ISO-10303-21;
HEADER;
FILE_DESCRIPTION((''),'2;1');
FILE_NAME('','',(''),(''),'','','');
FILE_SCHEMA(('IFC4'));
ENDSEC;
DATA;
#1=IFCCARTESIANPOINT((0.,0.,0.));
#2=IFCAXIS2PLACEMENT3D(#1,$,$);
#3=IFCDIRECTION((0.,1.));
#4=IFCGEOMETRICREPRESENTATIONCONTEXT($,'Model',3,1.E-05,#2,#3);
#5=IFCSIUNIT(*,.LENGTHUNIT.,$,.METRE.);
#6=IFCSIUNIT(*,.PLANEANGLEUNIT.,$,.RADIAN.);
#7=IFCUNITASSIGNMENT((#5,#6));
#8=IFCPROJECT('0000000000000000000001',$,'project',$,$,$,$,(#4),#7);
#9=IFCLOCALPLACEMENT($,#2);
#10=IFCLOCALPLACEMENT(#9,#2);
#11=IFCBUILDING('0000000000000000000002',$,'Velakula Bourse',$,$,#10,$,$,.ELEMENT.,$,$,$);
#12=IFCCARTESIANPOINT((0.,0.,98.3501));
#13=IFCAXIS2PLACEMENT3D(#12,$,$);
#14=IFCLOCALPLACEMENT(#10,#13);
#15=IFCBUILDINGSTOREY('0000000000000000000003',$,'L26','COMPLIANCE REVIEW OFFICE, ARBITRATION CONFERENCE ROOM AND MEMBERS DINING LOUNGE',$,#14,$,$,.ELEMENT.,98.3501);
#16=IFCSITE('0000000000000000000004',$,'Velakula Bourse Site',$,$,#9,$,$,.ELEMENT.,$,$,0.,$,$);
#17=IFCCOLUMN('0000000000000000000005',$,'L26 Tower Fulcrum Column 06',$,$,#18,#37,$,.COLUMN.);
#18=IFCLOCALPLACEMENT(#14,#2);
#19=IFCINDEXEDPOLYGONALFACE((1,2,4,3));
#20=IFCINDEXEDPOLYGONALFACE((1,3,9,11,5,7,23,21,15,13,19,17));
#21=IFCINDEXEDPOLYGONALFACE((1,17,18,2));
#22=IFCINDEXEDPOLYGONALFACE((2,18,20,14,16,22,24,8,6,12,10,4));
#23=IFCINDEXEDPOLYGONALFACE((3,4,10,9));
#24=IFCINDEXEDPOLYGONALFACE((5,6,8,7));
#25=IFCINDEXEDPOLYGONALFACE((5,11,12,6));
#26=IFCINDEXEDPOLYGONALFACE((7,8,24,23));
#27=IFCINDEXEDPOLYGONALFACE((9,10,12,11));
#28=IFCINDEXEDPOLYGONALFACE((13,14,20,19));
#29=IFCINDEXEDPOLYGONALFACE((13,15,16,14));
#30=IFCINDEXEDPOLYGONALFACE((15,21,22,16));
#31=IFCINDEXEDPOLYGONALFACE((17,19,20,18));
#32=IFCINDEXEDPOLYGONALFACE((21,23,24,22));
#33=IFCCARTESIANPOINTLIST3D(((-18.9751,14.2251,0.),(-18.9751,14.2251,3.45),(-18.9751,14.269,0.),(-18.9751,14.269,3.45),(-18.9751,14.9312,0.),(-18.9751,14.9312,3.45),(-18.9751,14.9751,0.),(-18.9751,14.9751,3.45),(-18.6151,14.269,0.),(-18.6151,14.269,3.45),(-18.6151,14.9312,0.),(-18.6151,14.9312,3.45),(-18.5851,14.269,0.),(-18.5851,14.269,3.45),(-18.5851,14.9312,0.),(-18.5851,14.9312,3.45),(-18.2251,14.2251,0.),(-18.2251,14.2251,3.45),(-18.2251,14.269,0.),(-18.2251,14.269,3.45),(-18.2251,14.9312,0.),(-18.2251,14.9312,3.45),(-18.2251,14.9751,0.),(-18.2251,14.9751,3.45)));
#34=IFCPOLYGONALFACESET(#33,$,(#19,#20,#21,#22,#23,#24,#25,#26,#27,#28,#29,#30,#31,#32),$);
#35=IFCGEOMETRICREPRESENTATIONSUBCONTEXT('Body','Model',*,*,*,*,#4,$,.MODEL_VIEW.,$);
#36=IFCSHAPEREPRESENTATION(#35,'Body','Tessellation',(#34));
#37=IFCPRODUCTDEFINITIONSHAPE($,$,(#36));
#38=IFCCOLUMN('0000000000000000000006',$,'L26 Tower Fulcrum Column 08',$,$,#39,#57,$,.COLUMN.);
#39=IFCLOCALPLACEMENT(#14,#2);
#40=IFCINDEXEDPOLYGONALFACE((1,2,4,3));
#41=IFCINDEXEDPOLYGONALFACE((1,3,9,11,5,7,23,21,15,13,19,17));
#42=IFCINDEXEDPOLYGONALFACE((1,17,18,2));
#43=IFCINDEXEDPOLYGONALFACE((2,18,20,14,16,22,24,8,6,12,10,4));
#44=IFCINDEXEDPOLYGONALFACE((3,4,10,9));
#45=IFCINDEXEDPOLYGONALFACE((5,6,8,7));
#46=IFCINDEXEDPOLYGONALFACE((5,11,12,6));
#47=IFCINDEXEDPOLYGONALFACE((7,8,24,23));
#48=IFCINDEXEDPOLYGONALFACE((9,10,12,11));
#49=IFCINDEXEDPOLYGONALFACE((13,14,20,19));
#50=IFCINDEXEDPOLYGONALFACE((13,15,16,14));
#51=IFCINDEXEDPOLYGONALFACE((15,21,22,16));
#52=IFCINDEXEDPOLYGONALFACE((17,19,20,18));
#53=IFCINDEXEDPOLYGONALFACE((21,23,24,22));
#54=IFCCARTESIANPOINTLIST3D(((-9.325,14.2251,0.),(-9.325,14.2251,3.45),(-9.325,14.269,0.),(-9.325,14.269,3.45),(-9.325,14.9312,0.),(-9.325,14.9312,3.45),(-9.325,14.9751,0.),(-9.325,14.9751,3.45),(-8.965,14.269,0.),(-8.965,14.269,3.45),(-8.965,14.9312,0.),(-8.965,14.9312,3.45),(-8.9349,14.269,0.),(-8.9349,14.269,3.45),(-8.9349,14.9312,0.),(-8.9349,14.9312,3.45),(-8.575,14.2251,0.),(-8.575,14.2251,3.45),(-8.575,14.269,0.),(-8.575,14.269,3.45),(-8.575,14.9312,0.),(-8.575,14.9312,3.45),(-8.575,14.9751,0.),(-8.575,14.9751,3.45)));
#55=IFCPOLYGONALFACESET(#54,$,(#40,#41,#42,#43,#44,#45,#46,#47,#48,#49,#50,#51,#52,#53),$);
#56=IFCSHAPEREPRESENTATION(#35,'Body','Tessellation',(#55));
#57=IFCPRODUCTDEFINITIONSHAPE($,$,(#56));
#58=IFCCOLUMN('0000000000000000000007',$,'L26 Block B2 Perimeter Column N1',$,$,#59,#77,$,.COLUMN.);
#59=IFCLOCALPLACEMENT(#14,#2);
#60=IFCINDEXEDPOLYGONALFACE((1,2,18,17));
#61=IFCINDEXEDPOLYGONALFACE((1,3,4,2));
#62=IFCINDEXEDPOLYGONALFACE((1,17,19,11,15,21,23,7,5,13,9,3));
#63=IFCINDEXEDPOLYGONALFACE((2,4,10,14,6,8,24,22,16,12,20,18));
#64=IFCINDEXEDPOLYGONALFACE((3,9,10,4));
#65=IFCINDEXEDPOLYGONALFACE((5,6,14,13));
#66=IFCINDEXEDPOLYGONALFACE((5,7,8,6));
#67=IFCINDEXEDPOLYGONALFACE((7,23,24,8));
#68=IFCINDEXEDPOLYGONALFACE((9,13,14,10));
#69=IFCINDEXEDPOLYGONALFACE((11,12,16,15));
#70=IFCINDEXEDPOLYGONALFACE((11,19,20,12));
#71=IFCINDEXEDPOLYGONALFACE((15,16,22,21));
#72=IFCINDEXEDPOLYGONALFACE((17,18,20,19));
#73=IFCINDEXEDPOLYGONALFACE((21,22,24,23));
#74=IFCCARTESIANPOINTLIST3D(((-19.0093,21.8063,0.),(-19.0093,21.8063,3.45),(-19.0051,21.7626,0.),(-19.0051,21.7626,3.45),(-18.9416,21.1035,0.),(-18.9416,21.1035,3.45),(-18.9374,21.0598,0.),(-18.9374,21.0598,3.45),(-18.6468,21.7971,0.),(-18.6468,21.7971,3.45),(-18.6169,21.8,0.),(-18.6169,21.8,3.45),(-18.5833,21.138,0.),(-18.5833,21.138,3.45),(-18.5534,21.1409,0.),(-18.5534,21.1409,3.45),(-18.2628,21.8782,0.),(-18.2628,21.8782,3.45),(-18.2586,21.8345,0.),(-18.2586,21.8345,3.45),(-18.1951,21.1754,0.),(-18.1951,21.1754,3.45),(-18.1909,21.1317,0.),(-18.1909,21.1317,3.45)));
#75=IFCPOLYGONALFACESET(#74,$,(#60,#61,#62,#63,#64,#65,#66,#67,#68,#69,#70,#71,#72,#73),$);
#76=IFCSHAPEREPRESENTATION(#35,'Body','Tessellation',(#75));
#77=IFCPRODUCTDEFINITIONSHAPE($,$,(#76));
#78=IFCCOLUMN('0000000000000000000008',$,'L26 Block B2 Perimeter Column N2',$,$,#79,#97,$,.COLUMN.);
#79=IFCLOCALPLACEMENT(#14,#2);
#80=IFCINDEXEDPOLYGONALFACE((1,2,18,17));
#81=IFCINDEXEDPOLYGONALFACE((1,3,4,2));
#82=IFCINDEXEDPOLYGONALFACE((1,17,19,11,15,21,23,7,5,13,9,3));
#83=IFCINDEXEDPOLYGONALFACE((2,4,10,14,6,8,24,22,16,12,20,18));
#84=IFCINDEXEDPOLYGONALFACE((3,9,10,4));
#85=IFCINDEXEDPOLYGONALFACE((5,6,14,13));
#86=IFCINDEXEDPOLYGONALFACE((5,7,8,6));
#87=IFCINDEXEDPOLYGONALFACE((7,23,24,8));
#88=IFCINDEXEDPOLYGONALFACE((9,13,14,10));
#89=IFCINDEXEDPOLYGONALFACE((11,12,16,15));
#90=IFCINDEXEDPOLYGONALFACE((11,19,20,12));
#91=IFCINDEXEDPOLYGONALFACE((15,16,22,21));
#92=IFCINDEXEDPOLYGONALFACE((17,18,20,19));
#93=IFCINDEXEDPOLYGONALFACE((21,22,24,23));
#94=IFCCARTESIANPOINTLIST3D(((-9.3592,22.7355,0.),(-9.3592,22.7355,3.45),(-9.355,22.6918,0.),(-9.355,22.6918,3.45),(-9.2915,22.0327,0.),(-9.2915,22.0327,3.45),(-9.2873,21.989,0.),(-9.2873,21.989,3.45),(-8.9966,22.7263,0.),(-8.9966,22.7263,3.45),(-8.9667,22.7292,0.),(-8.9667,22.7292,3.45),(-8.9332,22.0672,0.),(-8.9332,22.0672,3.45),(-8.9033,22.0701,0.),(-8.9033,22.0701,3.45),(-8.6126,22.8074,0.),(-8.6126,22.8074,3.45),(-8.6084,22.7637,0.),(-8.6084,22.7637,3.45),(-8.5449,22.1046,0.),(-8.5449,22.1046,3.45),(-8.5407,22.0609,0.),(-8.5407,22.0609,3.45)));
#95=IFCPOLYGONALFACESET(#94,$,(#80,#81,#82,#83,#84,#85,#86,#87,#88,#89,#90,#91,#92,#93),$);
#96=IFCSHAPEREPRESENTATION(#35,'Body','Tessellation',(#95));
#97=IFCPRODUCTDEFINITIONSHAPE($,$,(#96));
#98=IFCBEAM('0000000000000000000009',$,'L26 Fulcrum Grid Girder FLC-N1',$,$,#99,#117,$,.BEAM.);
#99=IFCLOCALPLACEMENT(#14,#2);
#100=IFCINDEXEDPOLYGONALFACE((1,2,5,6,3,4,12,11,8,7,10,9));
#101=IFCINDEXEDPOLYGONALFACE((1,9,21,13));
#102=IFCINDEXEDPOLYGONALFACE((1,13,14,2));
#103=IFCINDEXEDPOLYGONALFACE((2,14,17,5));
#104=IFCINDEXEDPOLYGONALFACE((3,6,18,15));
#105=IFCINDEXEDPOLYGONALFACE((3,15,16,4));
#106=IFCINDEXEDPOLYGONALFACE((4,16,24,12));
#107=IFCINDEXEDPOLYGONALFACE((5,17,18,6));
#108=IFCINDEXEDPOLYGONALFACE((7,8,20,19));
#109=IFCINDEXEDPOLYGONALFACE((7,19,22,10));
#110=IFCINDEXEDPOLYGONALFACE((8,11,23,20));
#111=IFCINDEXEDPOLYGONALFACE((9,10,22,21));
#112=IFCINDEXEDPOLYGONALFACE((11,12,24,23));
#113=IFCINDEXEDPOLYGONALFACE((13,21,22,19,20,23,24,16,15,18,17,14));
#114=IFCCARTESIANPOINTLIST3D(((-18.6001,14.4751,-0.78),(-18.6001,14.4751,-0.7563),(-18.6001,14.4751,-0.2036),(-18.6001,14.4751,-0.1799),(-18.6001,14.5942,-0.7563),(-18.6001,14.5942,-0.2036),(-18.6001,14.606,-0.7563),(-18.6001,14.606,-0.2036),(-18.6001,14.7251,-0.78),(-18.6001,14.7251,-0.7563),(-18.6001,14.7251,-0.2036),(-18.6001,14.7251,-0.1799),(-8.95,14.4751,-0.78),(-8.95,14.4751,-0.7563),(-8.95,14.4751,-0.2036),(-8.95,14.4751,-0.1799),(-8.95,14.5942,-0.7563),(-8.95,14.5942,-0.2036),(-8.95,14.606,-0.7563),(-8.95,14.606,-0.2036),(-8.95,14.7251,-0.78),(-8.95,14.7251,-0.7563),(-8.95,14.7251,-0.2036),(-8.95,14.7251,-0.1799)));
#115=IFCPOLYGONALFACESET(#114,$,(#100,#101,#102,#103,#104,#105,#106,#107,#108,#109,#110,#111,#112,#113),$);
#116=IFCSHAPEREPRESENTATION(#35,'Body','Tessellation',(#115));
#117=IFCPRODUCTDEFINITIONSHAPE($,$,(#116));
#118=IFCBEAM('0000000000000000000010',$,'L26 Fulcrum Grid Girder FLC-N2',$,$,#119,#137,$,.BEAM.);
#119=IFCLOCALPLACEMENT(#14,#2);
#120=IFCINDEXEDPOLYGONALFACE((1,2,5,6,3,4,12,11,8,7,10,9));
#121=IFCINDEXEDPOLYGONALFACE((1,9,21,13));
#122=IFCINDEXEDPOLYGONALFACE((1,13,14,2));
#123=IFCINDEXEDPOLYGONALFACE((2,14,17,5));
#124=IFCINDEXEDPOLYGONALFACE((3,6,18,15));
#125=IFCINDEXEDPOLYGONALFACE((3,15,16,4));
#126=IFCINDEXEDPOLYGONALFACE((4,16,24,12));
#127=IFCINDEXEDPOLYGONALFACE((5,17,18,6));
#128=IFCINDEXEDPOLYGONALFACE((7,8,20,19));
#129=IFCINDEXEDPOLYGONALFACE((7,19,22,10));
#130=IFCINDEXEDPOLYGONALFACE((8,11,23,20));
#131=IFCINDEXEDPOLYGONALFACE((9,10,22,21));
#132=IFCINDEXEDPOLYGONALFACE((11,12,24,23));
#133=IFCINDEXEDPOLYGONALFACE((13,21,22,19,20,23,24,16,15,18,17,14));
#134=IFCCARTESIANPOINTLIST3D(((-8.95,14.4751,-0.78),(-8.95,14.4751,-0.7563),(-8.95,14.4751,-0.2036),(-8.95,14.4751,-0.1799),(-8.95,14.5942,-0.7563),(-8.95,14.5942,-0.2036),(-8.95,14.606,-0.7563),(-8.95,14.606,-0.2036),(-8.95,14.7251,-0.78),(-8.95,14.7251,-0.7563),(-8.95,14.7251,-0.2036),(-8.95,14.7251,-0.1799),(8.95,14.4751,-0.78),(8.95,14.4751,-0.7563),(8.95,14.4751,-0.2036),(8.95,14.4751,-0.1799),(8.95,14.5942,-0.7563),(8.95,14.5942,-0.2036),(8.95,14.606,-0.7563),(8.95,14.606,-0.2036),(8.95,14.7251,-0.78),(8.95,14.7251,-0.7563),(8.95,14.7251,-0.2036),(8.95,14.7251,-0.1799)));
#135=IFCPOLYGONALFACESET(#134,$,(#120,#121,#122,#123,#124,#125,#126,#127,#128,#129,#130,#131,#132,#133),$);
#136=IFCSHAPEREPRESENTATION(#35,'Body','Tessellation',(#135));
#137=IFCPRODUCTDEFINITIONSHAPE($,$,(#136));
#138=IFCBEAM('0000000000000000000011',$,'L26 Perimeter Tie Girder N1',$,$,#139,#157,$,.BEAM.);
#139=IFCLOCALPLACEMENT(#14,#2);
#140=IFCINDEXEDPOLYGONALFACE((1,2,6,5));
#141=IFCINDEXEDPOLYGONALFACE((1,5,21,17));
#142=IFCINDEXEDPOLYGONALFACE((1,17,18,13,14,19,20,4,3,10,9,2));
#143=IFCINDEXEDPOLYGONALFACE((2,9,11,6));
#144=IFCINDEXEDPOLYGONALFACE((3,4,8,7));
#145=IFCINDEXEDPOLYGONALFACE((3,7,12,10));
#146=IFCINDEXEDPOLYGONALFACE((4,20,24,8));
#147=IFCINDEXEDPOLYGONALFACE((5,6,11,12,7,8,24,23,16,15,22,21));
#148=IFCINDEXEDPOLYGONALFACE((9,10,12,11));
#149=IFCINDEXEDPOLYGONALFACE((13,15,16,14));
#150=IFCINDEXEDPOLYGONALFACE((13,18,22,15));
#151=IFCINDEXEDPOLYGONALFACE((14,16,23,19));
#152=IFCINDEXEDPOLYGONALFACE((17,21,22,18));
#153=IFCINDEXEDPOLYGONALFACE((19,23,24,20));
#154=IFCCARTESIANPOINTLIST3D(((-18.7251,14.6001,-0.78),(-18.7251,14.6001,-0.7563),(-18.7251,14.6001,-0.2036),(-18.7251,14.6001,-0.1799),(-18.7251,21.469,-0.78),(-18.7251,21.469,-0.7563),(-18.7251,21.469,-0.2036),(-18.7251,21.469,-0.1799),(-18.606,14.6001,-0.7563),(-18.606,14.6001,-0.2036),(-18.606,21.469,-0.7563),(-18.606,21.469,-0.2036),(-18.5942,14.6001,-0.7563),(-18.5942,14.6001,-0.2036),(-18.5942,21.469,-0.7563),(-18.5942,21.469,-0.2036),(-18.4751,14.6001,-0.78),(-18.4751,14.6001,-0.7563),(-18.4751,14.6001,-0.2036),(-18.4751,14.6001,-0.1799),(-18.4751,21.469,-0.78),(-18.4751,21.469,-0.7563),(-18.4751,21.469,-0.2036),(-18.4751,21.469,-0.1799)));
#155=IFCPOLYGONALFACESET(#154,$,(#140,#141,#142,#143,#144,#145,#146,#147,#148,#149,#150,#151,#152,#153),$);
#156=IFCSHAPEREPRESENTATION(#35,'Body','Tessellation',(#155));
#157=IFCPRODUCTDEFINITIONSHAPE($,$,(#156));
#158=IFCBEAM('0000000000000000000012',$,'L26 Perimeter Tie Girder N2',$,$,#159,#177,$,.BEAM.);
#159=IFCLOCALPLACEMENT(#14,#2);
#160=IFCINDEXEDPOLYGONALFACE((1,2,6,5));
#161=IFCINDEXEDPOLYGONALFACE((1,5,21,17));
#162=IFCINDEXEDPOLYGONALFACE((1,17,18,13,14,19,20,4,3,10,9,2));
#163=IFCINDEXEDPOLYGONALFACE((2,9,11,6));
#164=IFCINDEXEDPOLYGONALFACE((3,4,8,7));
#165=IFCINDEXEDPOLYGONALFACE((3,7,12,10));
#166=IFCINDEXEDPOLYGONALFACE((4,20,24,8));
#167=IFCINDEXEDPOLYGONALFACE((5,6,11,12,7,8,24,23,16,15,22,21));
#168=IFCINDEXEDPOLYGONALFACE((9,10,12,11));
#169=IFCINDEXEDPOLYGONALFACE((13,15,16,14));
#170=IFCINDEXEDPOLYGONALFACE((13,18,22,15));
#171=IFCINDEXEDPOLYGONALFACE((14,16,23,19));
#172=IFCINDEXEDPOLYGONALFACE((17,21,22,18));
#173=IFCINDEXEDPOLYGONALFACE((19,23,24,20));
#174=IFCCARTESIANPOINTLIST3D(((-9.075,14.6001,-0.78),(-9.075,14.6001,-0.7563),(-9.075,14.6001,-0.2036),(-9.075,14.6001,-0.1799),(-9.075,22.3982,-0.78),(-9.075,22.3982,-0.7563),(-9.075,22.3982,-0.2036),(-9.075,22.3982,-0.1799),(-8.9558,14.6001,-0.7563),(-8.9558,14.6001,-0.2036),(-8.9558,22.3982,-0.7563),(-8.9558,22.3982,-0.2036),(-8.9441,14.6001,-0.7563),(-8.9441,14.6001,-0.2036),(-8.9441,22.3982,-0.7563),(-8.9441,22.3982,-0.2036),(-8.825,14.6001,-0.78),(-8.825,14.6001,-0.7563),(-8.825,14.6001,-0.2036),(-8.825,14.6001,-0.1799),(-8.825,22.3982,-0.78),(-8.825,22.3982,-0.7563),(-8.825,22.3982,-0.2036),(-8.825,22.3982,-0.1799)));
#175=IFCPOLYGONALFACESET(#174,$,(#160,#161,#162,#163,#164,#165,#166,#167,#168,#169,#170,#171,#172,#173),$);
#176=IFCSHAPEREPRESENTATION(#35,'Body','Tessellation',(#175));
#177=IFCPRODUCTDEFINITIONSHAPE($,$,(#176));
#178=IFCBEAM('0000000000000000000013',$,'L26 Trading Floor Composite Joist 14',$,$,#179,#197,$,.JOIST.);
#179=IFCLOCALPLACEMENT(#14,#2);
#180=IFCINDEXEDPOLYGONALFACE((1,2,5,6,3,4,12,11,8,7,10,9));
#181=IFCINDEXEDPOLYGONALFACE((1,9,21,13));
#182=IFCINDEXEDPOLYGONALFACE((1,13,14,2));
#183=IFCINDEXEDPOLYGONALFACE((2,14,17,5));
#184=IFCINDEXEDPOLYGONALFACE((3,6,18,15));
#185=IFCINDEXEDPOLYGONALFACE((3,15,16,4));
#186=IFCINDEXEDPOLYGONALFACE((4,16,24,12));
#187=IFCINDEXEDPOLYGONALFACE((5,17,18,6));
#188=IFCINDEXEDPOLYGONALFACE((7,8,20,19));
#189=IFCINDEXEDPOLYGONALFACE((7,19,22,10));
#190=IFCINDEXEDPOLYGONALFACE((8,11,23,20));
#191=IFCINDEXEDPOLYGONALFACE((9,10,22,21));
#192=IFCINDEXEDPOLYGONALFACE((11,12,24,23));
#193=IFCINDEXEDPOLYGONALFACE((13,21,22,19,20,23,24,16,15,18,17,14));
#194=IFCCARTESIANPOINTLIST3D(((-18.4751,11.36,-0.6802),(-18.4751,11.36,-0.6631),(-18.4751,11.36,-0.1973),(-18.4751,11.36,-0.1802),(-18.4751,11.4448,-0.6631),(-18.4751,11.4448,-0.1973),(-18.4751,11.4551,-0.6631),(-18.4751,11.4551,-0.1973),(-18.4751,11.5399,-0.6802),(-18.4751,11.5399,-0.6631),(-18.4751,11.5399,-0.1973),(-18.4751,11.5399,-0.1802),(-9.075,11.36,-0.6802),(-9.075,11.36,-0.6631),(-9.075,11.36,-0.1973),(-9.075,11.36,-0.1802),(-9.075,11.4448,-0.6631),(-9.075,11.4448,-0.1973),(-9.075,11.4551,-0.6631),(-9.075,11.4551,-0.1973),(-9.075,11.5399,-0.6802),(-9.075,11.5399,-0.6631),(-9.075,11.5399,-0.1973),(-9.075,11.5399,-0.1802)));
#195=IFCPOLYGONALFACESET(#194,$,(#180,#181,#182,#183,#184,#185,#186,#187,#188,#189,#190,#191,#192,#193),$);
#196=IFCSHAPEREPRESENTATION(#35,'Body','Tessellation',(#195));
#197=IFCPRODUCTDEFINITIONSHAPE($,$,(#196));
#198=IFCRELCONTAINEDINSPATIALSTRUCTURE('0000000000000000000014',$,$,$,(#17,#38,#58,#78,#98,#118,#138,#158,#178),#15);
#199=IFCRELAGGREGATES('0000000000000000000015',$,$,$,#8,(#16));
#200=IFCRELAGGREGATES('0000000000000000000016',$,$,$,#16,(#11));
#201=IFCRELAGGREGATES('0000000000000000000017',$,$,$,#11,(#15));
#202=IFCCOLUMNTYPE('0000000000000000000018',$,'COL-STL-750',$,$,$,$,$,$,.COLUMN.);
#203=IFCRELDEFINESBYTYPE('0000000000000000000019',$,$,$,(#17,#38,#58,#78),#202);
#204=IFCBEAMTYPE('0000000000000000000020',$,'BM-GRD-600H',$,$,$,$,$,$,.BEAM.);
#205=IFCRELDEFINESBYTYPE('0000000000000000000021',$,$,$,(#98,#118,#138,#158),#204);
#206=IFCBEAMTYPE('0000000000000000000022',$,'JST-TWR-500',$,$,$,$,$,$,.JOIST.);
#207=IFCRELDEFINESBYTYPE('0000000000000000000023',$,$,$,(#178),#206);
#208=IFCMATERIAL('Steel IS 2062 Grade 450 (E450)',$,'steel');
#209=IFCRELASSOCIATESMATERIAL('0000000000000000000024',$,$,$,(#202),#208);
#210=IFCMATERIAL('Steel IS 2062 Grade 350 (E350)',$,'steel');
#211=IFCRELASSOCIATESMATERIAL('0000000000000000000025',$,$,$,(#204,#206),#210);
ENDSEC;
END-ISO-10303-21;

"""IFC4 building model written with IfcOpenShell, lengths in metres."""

from ifc_helpers import new_model, si_unit, direction, frame, origin, origin_2d, place, context, subcontext, project, spatial, i_section, extrude, material, material_profile, profile_set, type_object, element, save


model = new_model("IFC4")

# Units and contexts
model_context = context("Model", 3, precision=1e-05, world=origin(), true_north=direction((0.0, 1.0)))
body_context = subcontext(model_context, "Body", "Model", "MODEL_VIEW")
ifc_project = project(units=[si_unit("LENGTHUNIT", "METRE"), si_unit("PLANEANGLEUNIT", "RADIAN")], contexts=[model_context])

# Site, building, storey
site_placement = place(None, origin())
site = spatial("IfcSite", under=ifc_project, at=site_placement, Name="Velakula Bourse Site", CompositionType="ELEMENT", RefElevation=0.0)
building_placement = place(site_placement, origin())
building = spatial("IfcBuilding", under=site, at=building_placement, Name="Velakula Bourse", CompositionType="ELEMENT")
storey_placement = place(building_placement, frame((0.0, 0.0, 98.3501)))
storey = spatial("IfcBuildingStorey", under=building, at=storey_placement, Name="L26", Description="COMPLIANCE REVIEW OFFICE, ARBITRATION CONFERENCE ROOM AND MEMBERS DINING LOUNGE", CompositionType="ELEMENT", Elevation=98.3501)

# Columns
ifc_material_1 = material(Name="Steel IS 2062 Grade 450 (E450)", Category="steel")
ifc_material_profile_1 = material_profile(ifc_material_1, i_section(OverallWidth=0.75, OverallDepth=0.75, WebThickness=0.03, FlangeThickness=0.0439, at=origin_2d()), Name="Steel IS 2062 Grade 450 (E450)")
ifc_profile_set_1 = profile_set([ifc_material_profile_1], Name="Steel IS 2062 Grade 450 (E450)")
column_type = type_object("IfcColumnType", Name="COL-STL-750", PredefinedType="COLUMN", material=ifc_profile_set_1)
for number, where, z_axis, x_axis, name in (
    (1, (-18.6001, 14.6001, 0.0), (0.0, 0.0, 1.0), (1.0, 0.0, 0.0), "L26 Tower Fulcrum Column 06"),
    (2, (-8.95, 14.6001, 0.0), (0.0, 0.0, 1.0), (1.0, 0.0, 0.0), "L26 Tower Fulcrum Column 08"),
    (3, (-18.6001, 21.469, 0.0), (0.0, 0.0, 1.0), (0.995396, 0.095846, 0.0), "L26 Block B2 Perimeter Column N1"),
    (4, (-8.95, 22.3982, 0.0), (0.0, 0.0, 1.0), (0.995396, 0.095846, 0.0), "L26 Block B2 Perimeter Column N2"),
):
    element("IfcColumn", number, at=place(storey_placement, frame(where, z_axis=z_axis, x_axis=x_axis)), inside=storey, type_object=column_type, Name=name, PredefinedType="COLUMN", context=body_context, shape_type="SweptSolid", body=[
        extrude(i_section(OverallWidth=0.75, OverallDepth=0.75, WebThickness=0.03, FlangeThickness=0.0439, at=origin_2d()), origin(), (0.0, 0.0, 1.0), 3.45),
    ])

# Beams
ifc_material_2 = material(Name="Steel IS 2062 Grade 350 (E350)", Category="steel")
ifc_material_profile_2 = material_profile(ifc_material_2, i_section(OverallWidth=0.25, OverallDepth=0.6001, WebThickness=0.0117, FlangeThickness=0.0237, at=origin_2d()), Name="Steel IS 2062 Grade 350 (E350)")
ifc_profile_set_2 = profile_set([ifc_material_profile_2], Name="Steel IS 2062 Grade 350 (E350)")
beam_type_1 = type_object("IfcBeamType", Name="BM-GRD-600H", PredefinedType="BEAM", material=ifc_profile_set_2)
beam_1_placement = place(storey_placement, frame((-18.6001, 14.6001, -0.48), z_axis=(1.0, 0.0, 0.0), x_axis=(0.0, 1.0, 0.0)))
element("IfcBeam", 5, at=beam_1_placement, inside=storey, type_object=beam_type_1, Name="L26 Fulcrum Grid Girder FLC-N1", PredefinedType="BEAM", context=body_context, shape_type="SweptSolid", body=[
    extrude(i_section(OverallWidth=0.25, OverallDepth=0.6001, WebThickness=0.0117, FlangeThickness=0.0237, at=origin_2d()), origin(), (0.0, 0.0, 1.0), 9.6501),
])
beam_2_placement = place(storey_placement, frame((-8.95, 14.6001, -0.48), z_axis=(1.0, 0.0, 0.0), x_axis=(0.0, 1.0, 0.0)))
element("IfcBeam", 6, at=beam_2_placement, inside=storey, type_object=beam_type_1, Name="L26 Fulcrum Grid Girder FLC-N2", PredefinedType="BEAM", context=body_context, shape_type="SweptSolid", body=[
    extrude(i_section(OverallWidth=0.25, OverallDepth=0.6001, WebThickness=0.0117, FlangeThickness=0.0237, at=origin_2d()), origin(), (0.0, 0.0, 1.0), 17.8999),
])
beam_3_placement = place(storey_placement, frame((-18.6001, 14.6001, -0.48), z_axis=(0.0, 1.0, 0.0), x_axis=(-1.0, 0.0, 0.0)))
element("IfcBeam", 7, at=beam_3_placement, inside=storey, type_object=beam_type_1, Name="L26 Perimeter Tie Girder N1", PredefinedType="BEAM", context=body_context, shape_type="SweptSolid", body=[
    extrude(i_section(OverallWidth=0.25, OverallDepth=0.6001, WebThickness=0.0117, FlangeThickness=0.0237, at=origin_2d()), origin(), (0.0, 0.0, 1.0), 6.8689),
])
beam_4_placement = place(storey_placement, frame((-8.95, 14.6001, -0.48), z_axis=(0.0, 1.0, 0.0), x_axis=(-1.0, 0.0, 0.0)))
element("IfcBeam", 8, at=beam_4_placement, inside=storey, type_object=beam_type_1, Name="L26 Perimeter Tie Girder N2", PredefinedType="BEAM", context=body_context, shape_type="SweptSolid", body=[
    extrude(i_section(OverallWidth=0.25, OverallDepth=0.6001, WebThickness=0.0117, FlangeThickness=0.0237, at=origin_2d()), origin(), (0.0, 0.0, 1.0), 7.7981),
])
ifc_material_profile_3 = material_profile(ifc_material_2, i_section(OverallWidth=0.1799, OverallDepth=0.5, WebThickness=0.0103, FlangeThickness=0.0171, at=origin_2d()), Name="Steel IS 2062 Grade 350 (E350)")
ifc_profile_set_3 = profile_set([ifc_material_profile_3], Name="Steel IS 2062 Grade 350 (E350)")
beam_type_2 = type_object("IfcBeamType", Name="JST-TWR-500", PredefinedType="JOIST", material=ifc_profile_set_3)
beam_5_placement = place(storey_placement, frame((-18.4751, 11.45, -0.4302), z_axis=(1.0, 0.0, 0.0), x_axis=(0.0, 1.0, 0.0)))
element("IfcBeam", 9, at=beam_5_placement, inside=storey, type_object=beam_type_2, Name="L26 Trading Floor Composite Joist 14", PredefinedType="JOIST", context=body_context, shape_type="SweptSolid", body=[
    extrude(i_section(OverallWidth=0.1799, OverallDepth=0.5, WebThickness=0.0103, FlangeThickness=0.0171, at=origin_2d()), origin(), (0.0, 0.0, 1.0), 9.4001),
])

save(model, "model.ifc")
